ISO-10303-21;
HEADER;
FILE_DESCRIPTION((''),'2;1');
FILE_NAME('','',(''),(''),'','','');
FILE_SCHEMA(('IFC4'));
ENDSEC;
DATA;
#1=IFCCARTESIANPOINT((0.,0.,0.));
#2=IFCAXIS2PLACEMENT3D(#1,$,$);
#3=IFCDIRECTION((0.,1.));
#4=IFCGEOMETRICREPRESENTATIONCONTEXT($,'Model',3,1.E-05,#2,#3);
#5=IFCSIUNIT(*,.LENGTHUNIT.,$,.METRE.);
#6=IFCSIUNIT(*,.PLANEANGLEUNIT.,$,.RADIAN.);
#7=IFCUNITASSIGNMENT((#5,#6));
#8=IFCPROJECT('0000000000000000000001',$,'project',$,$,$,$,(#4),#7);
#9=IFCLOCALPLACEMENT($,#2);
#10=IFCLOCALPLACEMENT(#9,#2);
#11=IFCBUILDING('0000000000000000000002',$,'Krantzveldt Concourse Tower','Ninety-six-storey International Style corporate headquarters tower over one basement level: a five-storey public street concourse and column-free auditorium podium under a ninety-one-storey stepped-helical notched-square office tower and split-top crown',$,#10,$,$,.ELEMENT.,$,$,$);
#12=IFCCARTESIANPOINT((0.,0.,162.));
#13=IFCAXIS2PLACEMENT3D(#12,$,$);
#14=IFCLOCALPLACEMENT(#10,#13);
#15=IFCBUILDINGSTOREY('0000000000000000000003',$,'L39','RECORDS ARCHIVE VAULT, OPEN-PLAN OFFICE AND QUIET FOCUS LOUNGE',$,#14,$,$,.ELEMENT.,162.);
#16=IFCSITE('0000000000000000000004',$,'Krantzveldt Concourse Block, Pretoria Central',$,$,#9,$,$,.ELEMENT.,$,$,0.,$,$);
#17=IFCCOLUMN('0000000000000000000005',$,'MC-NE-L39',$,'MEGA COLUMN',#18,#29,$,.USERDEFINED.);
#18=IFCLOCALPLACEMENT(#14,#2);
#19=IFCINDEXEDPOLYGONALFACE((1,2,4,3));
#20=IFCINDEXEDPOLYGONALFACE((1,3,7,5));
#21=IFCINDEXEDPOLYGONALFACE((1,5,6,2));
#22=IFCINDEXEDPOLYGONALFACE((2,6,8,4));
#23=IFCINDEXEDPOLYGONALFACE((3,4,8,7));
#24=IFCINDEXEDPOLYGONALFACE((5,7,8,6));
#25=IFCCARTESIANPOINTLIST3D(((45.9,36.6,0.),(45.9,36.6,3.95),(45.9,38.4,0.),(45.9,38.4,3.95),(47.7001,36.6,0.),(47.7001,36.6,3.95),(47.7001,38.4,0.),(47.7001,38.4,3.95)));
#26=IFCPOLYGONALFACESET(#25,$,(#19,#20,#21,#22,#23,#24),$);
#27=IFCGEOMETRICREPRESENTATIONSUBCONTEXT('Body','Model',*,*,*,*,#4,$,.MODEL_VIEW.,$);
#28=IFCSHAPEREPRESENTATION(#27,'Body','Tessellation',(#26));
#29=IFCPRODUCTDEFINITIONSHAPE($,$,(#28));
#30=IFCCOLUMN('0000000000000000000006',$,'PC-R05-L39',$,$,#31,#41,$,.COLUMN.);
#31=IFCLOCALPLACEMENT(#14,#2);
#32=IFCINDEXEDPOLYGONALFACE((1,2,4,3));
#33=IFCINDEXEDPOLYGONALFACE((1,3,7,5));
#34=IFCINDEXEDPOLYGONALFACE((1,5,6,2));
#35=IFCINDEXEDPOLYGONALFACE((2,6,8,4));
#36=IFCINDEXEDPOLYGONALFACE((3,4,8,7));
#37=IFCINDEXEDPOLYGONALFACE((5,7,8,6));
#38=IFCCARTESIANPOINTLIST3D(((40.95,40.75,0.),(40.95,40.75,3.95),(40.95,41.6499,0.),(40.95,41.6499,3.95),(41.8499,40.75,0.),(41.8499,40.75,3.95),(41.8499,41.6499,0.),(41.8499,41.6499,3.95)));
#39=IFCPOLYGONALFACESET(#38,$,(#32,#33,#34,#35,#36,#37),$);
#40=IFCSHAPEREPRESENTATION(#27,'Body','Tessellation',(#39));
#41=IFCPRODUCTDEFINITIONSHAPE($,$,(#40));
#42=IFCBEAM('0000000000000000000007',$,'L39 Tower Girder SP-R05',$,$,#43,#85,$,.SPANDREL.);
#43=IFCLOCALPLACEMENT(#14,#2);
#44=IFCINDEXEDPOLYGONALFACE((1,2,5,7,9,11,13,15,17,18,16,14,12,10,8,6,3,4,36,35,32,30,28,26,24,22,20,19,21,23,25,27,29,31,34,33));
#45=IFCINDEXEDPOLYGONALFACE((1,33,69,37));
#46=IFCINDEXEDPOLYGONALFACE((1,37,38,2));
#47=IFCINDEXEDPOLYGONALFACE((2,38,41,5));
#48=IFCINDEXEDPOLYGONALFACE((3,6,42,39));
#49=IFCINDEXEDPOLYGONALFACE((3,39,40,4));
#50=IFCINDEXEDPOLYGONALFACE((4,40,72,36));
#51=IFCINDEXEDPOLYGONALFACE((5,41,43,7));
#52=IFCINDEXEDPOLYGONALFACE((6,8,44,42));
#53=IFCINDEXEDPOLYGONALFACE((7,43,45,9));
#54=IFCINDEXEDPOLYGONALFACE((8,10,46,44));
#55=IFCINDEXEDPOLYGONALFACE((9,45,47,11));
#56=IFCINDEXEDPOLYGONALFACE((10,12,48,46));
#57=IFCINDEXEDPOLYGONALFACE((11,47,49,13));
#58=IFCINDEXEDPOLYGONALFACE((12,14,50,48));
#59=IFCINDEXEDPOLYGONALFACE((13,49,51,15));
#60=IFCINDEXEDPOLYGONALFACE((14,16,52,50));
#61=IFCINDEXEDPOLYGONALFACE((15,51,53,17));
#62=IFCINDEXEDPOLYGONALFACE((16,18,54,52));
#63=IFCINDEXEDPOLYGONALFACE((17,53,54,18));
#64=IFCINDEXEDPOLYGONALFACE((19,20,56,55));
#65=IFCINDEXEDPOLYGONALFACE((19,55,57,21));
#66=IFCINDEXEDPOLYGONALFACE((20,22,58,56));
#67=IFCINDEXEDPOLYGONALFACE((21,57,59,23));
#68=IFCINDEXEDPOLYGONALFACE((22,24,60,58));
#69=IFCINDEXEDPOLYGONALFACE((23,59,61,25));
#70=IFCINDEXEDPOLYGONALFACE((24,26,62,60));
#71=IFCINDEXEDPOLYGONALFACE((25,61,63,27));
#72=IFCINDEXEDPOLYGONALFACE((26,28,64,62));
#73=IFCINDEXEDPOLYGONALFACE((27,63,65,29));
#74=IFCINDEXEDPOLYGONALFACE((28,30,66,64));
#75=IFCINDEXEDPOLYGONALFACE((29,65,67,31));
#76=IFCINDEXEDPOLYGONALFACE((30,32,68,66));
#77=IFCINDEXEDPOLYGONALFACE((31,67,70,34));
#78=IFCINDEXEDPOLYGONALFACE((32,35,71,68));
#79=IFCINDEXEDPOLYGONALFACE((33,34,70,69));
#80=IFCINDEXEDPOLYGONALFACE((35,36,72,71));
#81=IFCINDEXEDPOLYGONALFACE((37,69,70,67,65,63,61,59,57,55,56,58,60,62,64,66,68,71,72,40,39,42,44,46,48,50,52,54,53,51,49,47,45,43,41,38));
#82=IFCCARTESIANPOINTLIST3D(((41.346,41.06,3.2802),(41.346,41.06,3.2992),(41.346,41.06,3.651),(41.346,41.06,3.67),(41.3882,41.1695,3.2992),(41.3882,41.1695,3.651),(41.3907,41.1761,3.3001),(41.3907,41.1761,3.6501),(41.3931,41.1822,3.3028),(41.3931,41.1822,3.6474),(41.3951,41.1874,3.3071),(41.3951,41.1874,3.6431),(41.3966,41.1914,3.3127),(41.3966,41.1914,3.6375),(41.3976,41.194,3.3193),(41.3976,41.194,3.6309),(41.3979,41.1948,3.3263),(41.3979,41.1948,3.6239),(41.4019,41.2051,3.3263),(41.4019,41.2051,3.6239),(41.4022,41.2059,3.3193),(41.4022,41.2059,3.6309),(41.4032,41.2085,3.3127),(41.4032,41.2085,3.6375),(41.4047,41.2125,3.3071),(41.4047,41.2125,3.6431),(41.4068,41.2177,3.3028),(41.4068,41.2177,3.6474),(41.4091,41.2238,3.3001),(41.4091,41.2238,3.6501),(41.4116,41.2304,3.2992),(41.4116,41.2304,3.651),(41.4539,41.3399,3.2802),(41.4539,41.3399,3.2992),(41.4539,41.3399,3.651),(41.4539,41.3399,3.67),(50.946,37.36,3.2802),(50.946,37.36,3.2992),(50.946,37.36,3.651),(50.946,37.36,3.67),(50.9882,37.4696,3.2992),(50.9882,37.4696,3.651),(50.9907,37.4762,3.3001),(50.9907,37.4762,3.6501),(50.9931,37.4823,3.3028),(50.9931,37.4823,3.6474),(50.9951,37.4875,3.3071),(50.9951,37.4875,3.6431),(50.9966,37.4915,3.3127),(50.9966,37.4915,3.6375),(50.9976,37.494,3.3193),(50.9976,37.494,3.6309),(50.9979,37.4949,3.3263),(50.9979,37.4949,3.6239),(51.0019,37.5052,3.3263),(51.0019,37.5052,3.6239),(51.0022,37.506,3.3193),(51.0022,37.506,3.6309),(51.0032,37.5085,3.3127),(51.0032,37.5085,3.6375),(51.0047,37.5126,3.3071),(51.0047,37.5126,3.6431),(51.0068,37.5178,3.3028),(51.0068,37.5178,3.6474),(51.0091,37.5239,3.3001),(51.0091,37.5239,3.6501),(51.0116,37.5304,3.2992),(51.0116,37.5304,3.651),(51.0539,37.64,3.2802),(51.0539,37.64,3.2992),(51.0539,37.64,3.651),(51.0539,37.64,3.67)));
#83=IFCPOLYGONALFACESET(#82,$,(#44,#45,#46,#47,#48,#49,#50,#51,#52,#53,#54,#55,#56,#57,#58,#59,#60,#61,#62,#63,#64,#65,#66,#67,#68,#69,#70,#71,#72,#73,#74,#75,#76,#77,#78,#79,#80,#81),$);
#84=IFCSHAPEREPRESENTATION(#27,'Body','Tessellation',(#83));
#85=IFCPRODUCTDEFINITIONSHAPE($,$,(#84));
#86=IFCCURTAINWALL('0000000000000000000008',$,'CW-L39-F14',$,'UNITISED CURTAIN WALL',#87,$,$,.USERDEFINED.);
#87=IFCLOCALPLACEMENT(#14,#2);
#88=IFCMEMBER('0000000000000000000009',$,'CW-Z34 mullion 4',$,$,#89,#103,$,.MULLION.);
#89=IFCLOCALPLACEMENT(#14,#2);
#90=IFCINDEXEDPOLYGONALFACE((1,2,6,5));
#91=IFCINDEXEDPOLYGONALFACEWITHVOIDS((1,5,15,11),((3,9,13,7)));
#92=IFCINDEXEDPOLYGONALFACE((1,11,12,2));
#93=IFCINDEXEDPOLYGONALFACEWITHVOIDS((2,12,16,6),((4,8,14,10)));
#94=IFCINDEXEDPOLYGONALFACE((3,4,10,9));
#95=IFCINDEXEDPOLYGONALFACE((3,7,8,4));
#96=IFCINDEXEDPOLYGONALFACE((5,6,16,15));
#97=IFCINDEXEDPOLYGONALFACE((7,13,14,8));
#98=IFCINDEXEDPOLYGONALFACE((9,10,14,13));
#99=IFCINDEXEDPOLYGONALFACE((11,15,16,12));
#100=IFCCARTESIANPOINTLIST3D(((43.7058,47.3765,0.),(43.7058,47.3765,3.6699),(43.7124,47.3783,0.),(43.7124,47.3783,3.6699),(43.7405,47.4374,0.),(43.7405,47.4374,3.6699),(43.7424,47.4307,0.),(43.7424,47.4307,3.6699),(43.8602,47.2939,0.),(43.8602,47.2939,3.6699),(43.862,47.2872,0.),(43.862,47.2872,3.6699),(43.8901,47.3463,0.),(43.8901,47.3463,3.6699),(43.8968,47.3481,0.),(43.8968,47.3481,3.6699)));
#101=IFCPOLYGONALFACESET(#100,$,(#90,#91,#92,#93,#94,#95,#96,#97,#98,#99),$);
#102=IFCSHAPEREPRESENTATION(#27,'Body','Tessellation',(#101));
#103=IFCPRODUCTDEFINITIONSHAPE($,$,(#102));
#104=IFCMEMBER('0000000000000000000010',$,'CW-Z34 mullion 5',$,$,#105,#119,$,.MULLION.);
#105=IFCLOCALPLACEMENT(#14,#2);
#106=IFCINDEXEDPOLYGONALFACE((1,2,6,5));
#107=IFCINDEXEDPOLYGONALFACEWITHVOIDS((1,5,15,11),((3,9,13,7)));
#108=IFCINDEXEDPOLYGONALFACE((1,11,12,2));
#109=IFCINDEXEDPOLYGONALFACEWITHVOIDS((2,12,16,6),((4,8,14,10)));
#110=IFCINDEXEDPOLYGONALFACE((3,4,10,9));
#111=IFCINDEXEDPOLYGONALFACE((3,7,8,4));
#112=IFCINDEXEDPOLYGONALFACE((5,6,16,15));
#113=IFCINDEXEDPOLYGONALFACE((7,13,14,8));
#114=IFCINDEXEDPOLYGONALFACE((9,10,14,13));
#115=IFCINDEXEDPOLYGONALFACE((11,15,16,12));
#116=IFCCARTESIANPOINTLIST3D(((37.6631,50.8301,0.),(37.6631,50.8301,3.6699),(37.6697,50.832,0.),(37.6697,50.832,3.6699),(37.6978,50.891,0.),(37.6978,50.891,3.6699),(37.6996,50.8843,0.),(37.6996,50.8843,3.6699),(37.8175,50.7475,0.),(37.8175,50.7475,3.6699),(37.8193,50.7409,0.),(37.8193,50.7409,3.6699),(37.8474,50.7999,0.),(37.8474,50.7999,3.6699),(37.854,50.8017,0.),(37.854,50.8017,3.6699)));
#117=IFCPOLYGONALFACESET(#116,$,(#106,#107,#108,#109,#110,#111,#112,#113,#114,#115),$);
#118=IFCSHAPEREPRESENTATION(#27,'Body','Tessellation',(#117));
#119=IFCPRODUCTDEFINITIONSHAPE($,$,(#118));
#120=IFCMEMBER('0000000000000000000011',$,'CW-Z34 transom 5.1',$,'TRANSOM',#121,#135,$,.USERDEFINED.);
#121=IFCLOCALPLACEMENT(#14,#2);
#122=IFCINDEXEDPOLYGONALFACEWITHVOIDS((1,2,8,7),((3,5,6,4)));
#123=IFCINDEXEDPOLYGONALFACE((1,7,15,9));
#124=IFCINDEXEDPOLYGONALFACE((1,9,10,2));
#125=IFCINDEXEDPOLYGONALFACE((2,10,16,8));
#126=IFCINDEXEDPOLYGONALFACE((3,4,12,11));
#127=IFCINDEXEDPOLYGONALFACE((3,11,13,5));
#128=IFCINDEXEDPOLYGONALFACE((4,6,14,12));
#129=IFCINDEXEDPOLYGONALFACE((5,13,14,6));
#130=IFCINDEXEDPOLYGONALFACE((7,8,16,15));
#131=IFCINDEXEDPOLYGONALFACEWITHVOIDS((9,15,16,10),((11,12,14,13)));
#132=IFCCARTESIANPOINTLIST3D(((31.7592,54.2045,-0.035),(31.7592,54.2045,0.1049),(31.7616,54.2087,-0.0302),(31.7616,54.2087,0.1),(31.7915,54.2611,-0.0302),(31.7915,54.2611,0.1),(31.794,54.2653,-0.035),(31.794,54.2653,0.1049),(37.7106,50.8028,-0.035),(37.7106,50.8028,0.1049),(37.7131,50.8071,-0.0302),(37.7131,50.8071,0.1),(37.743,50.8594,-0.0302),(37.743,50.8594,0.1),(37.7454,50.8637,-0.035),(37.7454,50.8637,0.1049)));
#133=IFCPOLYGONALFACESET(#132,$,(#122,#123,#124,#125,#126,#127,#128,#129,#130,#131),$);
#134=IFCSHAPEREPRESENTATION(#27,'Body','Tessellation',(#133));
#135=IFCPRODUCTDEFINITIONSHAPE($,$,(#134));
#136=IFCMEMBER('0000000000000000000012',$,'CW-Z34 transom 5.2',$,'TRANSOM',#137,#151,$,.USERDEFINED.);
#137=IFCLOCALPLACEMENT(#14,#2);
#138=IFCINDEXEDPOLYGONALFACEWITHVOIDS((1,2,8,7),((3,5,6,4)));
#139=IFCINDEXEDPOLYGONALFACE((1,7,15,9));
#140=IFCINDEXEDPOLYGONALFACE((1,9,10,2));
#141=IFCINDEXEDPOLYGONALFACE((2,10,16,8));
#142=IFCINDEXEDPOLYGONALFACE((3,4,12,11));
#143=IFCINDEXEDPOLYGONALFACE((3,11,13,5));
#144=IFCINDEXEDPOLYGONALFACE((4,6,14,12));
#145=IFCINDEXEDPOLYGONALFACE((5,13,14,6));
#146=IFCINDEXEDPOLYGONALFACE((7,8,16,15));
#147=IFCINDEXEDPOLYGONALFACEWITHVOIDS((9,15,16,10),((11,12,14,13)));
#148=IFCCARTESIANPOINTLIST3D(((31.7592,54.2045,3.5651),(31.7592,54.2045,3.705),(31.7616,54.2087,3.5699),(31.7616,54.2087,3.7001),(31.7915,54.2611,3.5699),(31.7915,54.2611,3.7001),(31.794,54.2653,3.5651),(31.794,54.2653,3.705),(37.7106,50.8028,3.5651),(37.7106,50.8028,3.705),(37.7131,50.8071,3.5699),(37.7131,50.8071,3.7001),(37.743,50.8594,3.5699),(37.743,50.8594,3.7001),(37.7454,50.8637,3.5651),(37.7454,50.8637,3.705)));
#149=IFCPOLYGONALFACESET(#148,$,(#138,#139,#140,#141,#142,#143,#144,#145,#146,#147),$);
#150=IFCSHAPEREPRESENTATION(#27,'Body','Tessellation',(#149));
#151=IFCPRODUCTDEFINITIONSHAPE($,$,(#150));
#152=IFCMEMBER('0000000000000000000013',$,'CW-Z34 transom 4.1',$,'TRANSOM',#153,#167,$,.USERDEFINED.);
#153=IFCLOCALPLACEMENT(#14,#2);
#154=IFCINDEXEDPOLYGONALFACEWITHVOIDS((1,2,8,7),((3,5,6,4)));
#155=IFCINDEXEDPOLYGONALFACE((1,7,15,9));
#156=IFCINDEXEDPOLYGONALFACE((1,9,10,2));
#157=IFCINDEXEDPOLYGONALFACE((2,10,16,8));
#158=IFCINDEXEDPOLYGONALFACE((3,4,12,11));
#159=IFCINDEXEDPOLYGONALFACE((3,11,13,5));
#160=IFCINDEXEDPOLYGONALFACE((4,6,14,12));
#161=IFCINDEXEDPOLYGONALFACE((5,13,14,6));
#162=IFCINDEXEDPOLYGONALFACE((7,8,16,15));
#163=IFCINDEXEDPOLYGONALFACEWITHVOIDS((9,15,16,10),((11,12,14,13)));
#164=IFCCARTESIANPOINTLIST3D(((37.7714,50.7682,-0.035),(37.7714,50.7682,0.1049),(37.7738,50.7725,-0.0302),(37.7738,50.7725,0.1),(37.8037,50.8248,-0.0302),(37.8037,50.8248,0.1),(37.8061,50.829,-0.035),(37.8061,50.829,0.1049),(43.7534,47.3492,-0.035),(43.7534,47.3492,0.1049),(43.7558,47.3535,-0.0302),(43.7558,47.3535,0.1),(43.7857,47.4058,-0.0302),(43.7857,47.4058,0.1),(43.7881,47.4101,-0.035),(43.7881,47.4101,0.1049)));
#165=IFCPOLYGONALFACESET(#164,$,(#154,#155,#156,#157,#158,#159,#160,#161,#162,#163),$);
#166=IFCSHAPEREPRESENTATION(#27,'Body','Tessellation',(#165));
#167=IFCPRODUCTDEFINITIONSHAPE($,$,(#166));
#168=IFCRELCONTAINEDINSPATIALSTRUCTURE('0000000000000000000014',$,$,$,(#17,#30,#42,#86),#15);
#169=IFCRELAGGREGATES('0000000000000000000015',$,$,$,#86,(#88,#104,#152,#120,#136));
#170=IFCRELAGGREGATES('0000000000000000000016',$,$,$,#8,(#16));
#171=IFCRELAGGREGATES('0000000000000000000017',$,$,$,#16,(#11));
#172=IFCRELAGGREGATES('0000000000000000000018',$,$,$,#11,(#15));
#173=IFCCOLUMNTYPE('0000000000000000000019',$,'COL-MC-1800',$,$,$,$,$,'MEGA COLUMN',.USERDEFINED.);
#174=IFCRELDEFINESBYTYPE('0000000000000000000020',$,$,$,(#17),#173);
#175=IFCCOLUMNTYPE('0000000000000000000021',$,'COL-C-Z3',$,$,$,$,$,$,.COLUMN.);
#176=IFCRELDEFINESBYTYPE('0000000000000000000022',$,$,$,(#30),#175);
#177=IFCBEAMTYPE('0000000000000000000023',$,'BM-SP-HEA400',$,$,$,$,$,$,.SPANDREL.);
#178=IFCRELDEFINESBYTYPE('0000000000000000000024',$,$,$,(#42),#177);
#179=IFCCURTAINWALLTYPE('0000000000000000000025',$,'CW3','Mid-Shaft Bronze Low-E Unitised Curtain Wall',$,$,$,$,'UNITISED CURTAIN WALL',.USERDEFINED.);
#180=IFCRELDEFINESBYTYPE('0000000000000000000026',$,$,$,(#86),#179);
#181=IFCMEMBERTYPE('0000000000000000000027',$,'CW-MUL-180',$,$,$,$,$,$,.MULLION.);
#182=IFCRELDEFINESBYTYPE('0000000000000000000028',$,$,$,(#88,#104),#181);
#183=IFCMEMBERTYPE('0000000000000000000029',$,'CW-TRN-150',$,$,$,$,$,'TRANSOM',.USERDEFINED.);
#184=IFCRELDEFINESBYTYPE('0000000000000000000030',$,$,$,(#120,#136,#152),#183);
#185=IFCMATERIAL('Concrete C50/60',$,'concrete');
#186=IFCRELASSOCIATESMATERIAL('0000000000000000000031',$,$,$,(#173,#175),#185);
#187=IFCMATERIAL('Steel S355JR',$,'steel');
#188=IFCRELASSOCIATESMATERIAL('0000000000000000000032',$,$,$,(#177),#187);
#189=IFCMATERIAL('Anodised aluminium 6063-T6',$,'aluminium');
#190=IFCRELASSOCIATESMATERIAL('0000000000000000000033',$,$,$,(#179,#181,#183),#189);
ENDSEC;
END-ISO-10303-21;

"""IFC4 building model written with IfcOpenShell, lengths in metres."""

from ifc_helpers import new_model, si_unit, direction, frame, origin, origin_2d, place, context, subcontext, project, spatial, rectangle, hollow_rectangle, i_section, extrude, source, transform, mapped, material, material_profile, profile_set, type_object, type_shapes, element, aggregate, save


model = new_model("IFC4")

# Units and contexts
model_context = context("Model", 3, precision=1e-05, world=origin(), true_north=direction((0.0, 1.0)))
body_context = subcontext(model_context, "Body", "Model", "MODEL_VIEW")
ifc_project = project(units=[si_unit("LENGTHUNIT", "METRE"), si_unit("PLANEANGLEUNIT", "RADIAN")], contexts=[model_context])

# Site, building, storey
site_placement = place(None, origin())
site = spatial("IfcSite", under=ifc_project, at=site_placement, Name="Krantzveldt Concourse Block, Pretoria Central", CompositionType="ELEMENT", RefElevation=0.0)
building_placement = place(site_placement, origin())
building = spatial("IfcBuilding", under=site, at=building_placement, Name="Krantzveldt Concourse Tower", Description="Ninety-six-storey International Style corporate headquarters tower over one basement level: a five-storey public street concourse and column-free auditorium podium under a ninety-one-storey stepped-helical notched-square office tower and split-top crown", CompositionType="ELEMENT")
storey_placement = place(building_placement, frame((0.0, 0.0, 162.0)))
storey = spatial("IfcBuildingStorey", under=building, at=storey_placement, Name="L39", Description="RECORDS ARCHIVE VAULT, OPEN-PLAN OFFICE AND QUIET FOCUS LOUNGE", CompositionType="ELEMENT", Elevation=162.0)

# Columns
ifc_material_1 = material(Name="Concrete C50/60", Category="concrete")
ifc_material_profile_1 = material_profile(ifc_material_1, rectangle(XDim=1.8, YDim=1.8, at=origin_2d()), Name="Concrete C50/60", Category="concrete")
ifc_profile_set_1 = profile_set([ifc_material_profile_1], Name="Concrete C50/60 - RC 1800x1800")
column_type_1 = type_object("IfcColumnType", Name="COL-MC-1800", ElementType="MEGA COLUMN", PredefinedType="USERDEFINED", material=ifc_profile_set_1)
shared_shape_1 = source(origin(), body_context, "Body", "SweptSolid", [
    extrude(rectangle(XDim=1.8, YDim=1.8, at=origin_2d()), origin(), (0.0, 0.0, 1.0), 3.95),
])
type_shapes(column_type_1, [shared_shape_1])
column_1_placement = place(storey_placement, frame((46.8, 37.5, 0.0), z_axis=(0.0, 0.0, 1.0), x_axis=(1.0, 0.0, 0.0)))
element("IfcColumn", 1, at=column_1_placement, inside=storey, type_object=column_type_1, Name="MC-NE-L39", ObjectType="MEGA COLUMN", PredefinedType="USERDEFINED", context=body_context, shape_type="MappedRepresentation", body=[
    mapped(shared_shape_1, transform((0.0, 0.0, 0.0), x_axis=(1.0, 0.0, 0.0), y_axis=(0.0, 1.0, 0.0), z_axis=(0.0, 0.0, 1.0), scale=1.0)),
])
ifc_material_profile_2 = material_profile(ifc_material_1, rectangle(XDim=0.8999, YDim=0.8999, at=origin_2d()), Name="Concrete C50/60", Category="concrete")
ifc_profile_set_2 = profile_set([ifc_material_profile_2], Name="Concrete C50/60 - RC 900x900")
column_type_2 = type_object("IfcColumnType", Name="COL-C-Z3", PredefinedType="COLUMN", material=ifc_profile_set_2)
shared_shape_2 = source(origin(), body_context, "Body", "SweptSolid", [
    extrude(rectangle(XDim=0.8999, YDim=0.8999, at=origin_2d()), origin(), (0.0, 0.0, 1.0), 3.95),
])
type_shapes(column_type_2, [shared_shape_2])
column_2_placement = place(storey_placement, frame((41.3999, 41.2, 0.0), z_axis=(0.0, 0.0, 1.0), x_axis=(1.0, 0.0, 0.0)))
element("IfcColumn", 2, at=column_2_placement, inside=storey, type_object=column_type_2, Name="PC-R05-L39", PredefinedType="COLUMN", context=body_context, shape_type="MappedRepresentation", body=[
    mapped(shared_shape_2, transform((0.0, 0.0, 0.0), x_axis=(1.0, 0.0, 0.0), y_axis=(0.0, 1.0, 0.0), z_axis=(0.0, 0.0, 1.0), scale=1.0)),
])

# Beam
ifc_material_2 = material(Name="Steel S355JR", Category="steel")
ifc_material_profile_3 = material_profile(ifc_material_2, i_section(OverallWidth=0.3, OverallDepth=0.3899, WebThickness=0.011, FlangeThickness=0.019, FilletRadius=0.0271, at=origin_2d()), Name="Steel S355JR", Category="steel")
ifc_profile_set_3 = profile_set([ifc_material_profile_3], Name="Steel S355JR - HEA 400")
beam_type = type_object("IfcBeamType", Name="BM-SP-HEA400", PredefinedType="SPANDREL", material=ifc_profile_set_3)
shared_shape_3 = source(origin(), body_context, "Body", "SweptSolid", [
    extrude(i_section(OverallWidth=0.3, OverallDepth=0.3899, WebThickness=0.011, FlangeThickness=0.019, FilletRadius=0.0271, at=origin_2d()), origin(), (0.0, 0.0, 1.0), 10.2883),
])
type_shapes(beam_type, [shared_shape_3])
beam_placement = place(storey_placement, frame((41.3999, 41.2, 3.4751), z_axis=(0.933098, -0.359623, 0.0), x_axis=(0.359623, 0.933098, 0.0)))
element("IfcBeam", 3, at=beam_placement, inside=storey, type_object=beam_type, Name="L39 Tower Girder SP-R05", PredefinedType="SPANDREL", context=body_context, shape_type="MappedRepresentation", body=[
    mapped(shared_shape_3, transform((0.0, 0.0, 0.0), x_axis=(1.0, 0.0, 0.0), y_axis=(0.0, 1.0, 0.0), z_axis=(0.0, 0.0, 1.0), scale=1.0)),
])

# Curtain wall, members
ifc_material_3 = material(Name="Anodised aluminium 6063-T6", Category="aluminium")
curtain_wall_type = type_object("IfcCurtainWallType", Name="CW3", Description="Mid-Shaft Bronze Low-E Unitised Curtain Wall", ElementType="UNITISED CURTAIN WALL", PredefinedType="USERDEFINED", material=ifc_material_3)
curtain_wall_placement = place(storey_placement, origin())
curtain_wall = element("IfcCurtainWall", 4, at=curtain_wall_placement, inside=storey, type_object=curtain_wall_type, Name="CW-L39-F14", ObjectType="UNITISED CURTAIN WALL", PredefinedType="USERDEFINED")
ifc_material_profile_4 = material_profile(ifc_material_3, hollow_rectangle(XDim=0.0701, YDim=0.1799, WallThickness=0.0049, at=origin_2d()), Name="Anodised aluminium 6063-T6", Category="aluminium")
ifc_profile_set_4 = profile_set([ifc_material_profile_4], Name="Anodised aluminium 6063-T6 - ALU-MULL 180x70x5")
member_type_1 = type_object("IfcMemberType", Name="CW-MUL-180", PredefinedType="MULLION", material=ifc_profile_set_4)
shared_shape_4 = source(origin(), body_context, "Body", "SweptSolid", [
    extrude(hollow_rectangle(XDim=0.0701, YDim=0.1799, WallThickness=0.0049, at=origin_2d()), origin(), (0.0, 0.0, 1.0), 3.6699),
])
type_shapes(member_type_1, [shared_shape_4])
member_1_placement = place(storey_placement, frame((43.8013, 47.3623, 0.0), z_axis=(0.0, 0.0, 1.0), x_axis=(-0.496216, -0.868199, 0.0)))
member_1 = element("IfcMember", 5, at=member_1_placement, type_object=member_type_1, Name="CW-Z34 mullion 4", PredefinedType="MULLION", context=body_context, shape_type="MappedRepresentation", body=[
    mapped(shared_shape_4, transform((0.0, 0.0, 0.0), x_axis=(1.0, 0.0, 0.0), y_axis=(0.0, 1.0, 0.0), z_axis=(0.0, 0.0, 1.0), scale=1.0)),
])
member_2_placement = place(storey_placement, frame((37.7585, 50.8159, 0.0), z_axis=(0.0, 0.0, 1.0), x_axis=(-0.496216, -0.868199, 0.0)))
member_2 = element("IfcMember", 6, at=member_2_placement, type_object=member_type_1, Name="CW-Z34 mullion 5", PredefinedType="MULLION", context=body_context, shape_type="MappedRepresentation", body=[
    mapped(shared_shape_4, transform((0.0, 0.0, 0.0), x_axis=(1.0, 0.0, 0.0), y_axis=(0.0, 1.0, 0.0), z_axis=(0.0, 0.0, 1.0), scale=1.0)),
])
ifc_material_profile_5 = material_profile(ifc_material_3, hollow_rectangle(XDim=0.0701, YDim=0.1399, WallThickness=0.0049, at=origin_2d()), Name="Anodised aluminium 6063-T6", Category="aluminium")
ifc_profile_set_5 = profile_set([ifc_material_profile_5], Name="Anodised aluminium 6063-T6 - ALU-TRAN 140x70x5")
member_type_2 = type_object("IfcMemberType", Name="CW-TRN-150", ElementType="TRANSOM", PredefinedType="USERDEFINED", material=ifc_profile_set_5)
shared_shape_5 = source(origin(), body_context, "Body", "SweptSolid", [
    extrude(hollow_rectangle(XDim=0.0701, YDim=0.1399, WallThickness=0.0049, at=origin_2d()), origin(), (0.0, 0.0, 1.0), 6.855),
])
member_3_placement = place(storey_placement, frame((37.728, 50.8333, 0.0349), z_axis=(-0.868193, 0.496227, 0.0), x_axis=(-0.496227, -0.868193, 0.0)))
member_3 = element("IfcMember", 7, at=member_3_placement, type_object=member_type_2, Name="CW-Z34 transom 5.1", ObjectType="TRANSOM", PredefinedType="USERDEFINED", context=body_context, shape_type="MappedRepresentation", body=[
    mapped(shared_shape_5, transform((0.0, 0.0, 0.0), x_axis=(1.0, 0.0, 0.0), y_axis=(0.0, 1.0, 0.0), z_axis=(0.0, 0.0, 1.0), scale=1.0)),
])
member_4_placement = place(storey_placement, frame((37.728, 50.8333, 3.635), z_axis=(-0.868193, 0.496227, 0.0), x_axis=(-0.496227, -0.868193, 0.0)))
member_4 = element("IfcMember", 8, at=member_4_placement, type_object=member_type_2, Name="CW-Z34 transom 5.2", ObjectType="TRANSOM", PredefinedType="USERDEFINED", context=body_context, shape_type="MappedRepresentation", body=[
    mapped(shared_shape_5, transform((0.0, 0.0, 0.0), x_axis=(1.0, 0.0, 0.0), y_axis=(0.0, 1.0, 0.0), z_axis=(0.0, 0.0, 1.0), scale=1.0)),
])
shared_shape_6 = source(origin(), body_context, "Body", "SweptSolid", [
    extrude(hollow_rectangle(XDim=0.0701, YDim=0.1399, WallThickness=0.0049, at=origin_2d()), origin(), (0.0, 0.0, 1.0), 6.8901),
])
type_shapes(member_type_2, [shared_shape_5, shared_shape_6])
member_5_placement = place(storey_placement, frame((43.7708, 47.3796, 0.0349), z_axis=(-0.8682, 0.496215, 0.0), x_axis=(-0.496215, -0.8682, 0.0)))
member_5 = element("IfcMember", 9, at=member_5_placement, type_object=member_type_2, Name="CW-Z34 transom 4.1", ObjectType="TRANSOM", PredefinedType="USERDEFINED", context=body_context, shape_type="MappedRepresentation", body=[
    mapped(shared_shape_6, transform((0.0, 0.0, 0.0), x_axis=(1.0, 0.0, 0.0), y_axis=(0.0, 1.0, 0.0), z_axis=(0.0, 0.0, 1.0), scale=1.0)),
])
aggregate(curtain_wall, [member_1, member_2, member_5, member_3, member_4])

save(model, "model.ifc")
